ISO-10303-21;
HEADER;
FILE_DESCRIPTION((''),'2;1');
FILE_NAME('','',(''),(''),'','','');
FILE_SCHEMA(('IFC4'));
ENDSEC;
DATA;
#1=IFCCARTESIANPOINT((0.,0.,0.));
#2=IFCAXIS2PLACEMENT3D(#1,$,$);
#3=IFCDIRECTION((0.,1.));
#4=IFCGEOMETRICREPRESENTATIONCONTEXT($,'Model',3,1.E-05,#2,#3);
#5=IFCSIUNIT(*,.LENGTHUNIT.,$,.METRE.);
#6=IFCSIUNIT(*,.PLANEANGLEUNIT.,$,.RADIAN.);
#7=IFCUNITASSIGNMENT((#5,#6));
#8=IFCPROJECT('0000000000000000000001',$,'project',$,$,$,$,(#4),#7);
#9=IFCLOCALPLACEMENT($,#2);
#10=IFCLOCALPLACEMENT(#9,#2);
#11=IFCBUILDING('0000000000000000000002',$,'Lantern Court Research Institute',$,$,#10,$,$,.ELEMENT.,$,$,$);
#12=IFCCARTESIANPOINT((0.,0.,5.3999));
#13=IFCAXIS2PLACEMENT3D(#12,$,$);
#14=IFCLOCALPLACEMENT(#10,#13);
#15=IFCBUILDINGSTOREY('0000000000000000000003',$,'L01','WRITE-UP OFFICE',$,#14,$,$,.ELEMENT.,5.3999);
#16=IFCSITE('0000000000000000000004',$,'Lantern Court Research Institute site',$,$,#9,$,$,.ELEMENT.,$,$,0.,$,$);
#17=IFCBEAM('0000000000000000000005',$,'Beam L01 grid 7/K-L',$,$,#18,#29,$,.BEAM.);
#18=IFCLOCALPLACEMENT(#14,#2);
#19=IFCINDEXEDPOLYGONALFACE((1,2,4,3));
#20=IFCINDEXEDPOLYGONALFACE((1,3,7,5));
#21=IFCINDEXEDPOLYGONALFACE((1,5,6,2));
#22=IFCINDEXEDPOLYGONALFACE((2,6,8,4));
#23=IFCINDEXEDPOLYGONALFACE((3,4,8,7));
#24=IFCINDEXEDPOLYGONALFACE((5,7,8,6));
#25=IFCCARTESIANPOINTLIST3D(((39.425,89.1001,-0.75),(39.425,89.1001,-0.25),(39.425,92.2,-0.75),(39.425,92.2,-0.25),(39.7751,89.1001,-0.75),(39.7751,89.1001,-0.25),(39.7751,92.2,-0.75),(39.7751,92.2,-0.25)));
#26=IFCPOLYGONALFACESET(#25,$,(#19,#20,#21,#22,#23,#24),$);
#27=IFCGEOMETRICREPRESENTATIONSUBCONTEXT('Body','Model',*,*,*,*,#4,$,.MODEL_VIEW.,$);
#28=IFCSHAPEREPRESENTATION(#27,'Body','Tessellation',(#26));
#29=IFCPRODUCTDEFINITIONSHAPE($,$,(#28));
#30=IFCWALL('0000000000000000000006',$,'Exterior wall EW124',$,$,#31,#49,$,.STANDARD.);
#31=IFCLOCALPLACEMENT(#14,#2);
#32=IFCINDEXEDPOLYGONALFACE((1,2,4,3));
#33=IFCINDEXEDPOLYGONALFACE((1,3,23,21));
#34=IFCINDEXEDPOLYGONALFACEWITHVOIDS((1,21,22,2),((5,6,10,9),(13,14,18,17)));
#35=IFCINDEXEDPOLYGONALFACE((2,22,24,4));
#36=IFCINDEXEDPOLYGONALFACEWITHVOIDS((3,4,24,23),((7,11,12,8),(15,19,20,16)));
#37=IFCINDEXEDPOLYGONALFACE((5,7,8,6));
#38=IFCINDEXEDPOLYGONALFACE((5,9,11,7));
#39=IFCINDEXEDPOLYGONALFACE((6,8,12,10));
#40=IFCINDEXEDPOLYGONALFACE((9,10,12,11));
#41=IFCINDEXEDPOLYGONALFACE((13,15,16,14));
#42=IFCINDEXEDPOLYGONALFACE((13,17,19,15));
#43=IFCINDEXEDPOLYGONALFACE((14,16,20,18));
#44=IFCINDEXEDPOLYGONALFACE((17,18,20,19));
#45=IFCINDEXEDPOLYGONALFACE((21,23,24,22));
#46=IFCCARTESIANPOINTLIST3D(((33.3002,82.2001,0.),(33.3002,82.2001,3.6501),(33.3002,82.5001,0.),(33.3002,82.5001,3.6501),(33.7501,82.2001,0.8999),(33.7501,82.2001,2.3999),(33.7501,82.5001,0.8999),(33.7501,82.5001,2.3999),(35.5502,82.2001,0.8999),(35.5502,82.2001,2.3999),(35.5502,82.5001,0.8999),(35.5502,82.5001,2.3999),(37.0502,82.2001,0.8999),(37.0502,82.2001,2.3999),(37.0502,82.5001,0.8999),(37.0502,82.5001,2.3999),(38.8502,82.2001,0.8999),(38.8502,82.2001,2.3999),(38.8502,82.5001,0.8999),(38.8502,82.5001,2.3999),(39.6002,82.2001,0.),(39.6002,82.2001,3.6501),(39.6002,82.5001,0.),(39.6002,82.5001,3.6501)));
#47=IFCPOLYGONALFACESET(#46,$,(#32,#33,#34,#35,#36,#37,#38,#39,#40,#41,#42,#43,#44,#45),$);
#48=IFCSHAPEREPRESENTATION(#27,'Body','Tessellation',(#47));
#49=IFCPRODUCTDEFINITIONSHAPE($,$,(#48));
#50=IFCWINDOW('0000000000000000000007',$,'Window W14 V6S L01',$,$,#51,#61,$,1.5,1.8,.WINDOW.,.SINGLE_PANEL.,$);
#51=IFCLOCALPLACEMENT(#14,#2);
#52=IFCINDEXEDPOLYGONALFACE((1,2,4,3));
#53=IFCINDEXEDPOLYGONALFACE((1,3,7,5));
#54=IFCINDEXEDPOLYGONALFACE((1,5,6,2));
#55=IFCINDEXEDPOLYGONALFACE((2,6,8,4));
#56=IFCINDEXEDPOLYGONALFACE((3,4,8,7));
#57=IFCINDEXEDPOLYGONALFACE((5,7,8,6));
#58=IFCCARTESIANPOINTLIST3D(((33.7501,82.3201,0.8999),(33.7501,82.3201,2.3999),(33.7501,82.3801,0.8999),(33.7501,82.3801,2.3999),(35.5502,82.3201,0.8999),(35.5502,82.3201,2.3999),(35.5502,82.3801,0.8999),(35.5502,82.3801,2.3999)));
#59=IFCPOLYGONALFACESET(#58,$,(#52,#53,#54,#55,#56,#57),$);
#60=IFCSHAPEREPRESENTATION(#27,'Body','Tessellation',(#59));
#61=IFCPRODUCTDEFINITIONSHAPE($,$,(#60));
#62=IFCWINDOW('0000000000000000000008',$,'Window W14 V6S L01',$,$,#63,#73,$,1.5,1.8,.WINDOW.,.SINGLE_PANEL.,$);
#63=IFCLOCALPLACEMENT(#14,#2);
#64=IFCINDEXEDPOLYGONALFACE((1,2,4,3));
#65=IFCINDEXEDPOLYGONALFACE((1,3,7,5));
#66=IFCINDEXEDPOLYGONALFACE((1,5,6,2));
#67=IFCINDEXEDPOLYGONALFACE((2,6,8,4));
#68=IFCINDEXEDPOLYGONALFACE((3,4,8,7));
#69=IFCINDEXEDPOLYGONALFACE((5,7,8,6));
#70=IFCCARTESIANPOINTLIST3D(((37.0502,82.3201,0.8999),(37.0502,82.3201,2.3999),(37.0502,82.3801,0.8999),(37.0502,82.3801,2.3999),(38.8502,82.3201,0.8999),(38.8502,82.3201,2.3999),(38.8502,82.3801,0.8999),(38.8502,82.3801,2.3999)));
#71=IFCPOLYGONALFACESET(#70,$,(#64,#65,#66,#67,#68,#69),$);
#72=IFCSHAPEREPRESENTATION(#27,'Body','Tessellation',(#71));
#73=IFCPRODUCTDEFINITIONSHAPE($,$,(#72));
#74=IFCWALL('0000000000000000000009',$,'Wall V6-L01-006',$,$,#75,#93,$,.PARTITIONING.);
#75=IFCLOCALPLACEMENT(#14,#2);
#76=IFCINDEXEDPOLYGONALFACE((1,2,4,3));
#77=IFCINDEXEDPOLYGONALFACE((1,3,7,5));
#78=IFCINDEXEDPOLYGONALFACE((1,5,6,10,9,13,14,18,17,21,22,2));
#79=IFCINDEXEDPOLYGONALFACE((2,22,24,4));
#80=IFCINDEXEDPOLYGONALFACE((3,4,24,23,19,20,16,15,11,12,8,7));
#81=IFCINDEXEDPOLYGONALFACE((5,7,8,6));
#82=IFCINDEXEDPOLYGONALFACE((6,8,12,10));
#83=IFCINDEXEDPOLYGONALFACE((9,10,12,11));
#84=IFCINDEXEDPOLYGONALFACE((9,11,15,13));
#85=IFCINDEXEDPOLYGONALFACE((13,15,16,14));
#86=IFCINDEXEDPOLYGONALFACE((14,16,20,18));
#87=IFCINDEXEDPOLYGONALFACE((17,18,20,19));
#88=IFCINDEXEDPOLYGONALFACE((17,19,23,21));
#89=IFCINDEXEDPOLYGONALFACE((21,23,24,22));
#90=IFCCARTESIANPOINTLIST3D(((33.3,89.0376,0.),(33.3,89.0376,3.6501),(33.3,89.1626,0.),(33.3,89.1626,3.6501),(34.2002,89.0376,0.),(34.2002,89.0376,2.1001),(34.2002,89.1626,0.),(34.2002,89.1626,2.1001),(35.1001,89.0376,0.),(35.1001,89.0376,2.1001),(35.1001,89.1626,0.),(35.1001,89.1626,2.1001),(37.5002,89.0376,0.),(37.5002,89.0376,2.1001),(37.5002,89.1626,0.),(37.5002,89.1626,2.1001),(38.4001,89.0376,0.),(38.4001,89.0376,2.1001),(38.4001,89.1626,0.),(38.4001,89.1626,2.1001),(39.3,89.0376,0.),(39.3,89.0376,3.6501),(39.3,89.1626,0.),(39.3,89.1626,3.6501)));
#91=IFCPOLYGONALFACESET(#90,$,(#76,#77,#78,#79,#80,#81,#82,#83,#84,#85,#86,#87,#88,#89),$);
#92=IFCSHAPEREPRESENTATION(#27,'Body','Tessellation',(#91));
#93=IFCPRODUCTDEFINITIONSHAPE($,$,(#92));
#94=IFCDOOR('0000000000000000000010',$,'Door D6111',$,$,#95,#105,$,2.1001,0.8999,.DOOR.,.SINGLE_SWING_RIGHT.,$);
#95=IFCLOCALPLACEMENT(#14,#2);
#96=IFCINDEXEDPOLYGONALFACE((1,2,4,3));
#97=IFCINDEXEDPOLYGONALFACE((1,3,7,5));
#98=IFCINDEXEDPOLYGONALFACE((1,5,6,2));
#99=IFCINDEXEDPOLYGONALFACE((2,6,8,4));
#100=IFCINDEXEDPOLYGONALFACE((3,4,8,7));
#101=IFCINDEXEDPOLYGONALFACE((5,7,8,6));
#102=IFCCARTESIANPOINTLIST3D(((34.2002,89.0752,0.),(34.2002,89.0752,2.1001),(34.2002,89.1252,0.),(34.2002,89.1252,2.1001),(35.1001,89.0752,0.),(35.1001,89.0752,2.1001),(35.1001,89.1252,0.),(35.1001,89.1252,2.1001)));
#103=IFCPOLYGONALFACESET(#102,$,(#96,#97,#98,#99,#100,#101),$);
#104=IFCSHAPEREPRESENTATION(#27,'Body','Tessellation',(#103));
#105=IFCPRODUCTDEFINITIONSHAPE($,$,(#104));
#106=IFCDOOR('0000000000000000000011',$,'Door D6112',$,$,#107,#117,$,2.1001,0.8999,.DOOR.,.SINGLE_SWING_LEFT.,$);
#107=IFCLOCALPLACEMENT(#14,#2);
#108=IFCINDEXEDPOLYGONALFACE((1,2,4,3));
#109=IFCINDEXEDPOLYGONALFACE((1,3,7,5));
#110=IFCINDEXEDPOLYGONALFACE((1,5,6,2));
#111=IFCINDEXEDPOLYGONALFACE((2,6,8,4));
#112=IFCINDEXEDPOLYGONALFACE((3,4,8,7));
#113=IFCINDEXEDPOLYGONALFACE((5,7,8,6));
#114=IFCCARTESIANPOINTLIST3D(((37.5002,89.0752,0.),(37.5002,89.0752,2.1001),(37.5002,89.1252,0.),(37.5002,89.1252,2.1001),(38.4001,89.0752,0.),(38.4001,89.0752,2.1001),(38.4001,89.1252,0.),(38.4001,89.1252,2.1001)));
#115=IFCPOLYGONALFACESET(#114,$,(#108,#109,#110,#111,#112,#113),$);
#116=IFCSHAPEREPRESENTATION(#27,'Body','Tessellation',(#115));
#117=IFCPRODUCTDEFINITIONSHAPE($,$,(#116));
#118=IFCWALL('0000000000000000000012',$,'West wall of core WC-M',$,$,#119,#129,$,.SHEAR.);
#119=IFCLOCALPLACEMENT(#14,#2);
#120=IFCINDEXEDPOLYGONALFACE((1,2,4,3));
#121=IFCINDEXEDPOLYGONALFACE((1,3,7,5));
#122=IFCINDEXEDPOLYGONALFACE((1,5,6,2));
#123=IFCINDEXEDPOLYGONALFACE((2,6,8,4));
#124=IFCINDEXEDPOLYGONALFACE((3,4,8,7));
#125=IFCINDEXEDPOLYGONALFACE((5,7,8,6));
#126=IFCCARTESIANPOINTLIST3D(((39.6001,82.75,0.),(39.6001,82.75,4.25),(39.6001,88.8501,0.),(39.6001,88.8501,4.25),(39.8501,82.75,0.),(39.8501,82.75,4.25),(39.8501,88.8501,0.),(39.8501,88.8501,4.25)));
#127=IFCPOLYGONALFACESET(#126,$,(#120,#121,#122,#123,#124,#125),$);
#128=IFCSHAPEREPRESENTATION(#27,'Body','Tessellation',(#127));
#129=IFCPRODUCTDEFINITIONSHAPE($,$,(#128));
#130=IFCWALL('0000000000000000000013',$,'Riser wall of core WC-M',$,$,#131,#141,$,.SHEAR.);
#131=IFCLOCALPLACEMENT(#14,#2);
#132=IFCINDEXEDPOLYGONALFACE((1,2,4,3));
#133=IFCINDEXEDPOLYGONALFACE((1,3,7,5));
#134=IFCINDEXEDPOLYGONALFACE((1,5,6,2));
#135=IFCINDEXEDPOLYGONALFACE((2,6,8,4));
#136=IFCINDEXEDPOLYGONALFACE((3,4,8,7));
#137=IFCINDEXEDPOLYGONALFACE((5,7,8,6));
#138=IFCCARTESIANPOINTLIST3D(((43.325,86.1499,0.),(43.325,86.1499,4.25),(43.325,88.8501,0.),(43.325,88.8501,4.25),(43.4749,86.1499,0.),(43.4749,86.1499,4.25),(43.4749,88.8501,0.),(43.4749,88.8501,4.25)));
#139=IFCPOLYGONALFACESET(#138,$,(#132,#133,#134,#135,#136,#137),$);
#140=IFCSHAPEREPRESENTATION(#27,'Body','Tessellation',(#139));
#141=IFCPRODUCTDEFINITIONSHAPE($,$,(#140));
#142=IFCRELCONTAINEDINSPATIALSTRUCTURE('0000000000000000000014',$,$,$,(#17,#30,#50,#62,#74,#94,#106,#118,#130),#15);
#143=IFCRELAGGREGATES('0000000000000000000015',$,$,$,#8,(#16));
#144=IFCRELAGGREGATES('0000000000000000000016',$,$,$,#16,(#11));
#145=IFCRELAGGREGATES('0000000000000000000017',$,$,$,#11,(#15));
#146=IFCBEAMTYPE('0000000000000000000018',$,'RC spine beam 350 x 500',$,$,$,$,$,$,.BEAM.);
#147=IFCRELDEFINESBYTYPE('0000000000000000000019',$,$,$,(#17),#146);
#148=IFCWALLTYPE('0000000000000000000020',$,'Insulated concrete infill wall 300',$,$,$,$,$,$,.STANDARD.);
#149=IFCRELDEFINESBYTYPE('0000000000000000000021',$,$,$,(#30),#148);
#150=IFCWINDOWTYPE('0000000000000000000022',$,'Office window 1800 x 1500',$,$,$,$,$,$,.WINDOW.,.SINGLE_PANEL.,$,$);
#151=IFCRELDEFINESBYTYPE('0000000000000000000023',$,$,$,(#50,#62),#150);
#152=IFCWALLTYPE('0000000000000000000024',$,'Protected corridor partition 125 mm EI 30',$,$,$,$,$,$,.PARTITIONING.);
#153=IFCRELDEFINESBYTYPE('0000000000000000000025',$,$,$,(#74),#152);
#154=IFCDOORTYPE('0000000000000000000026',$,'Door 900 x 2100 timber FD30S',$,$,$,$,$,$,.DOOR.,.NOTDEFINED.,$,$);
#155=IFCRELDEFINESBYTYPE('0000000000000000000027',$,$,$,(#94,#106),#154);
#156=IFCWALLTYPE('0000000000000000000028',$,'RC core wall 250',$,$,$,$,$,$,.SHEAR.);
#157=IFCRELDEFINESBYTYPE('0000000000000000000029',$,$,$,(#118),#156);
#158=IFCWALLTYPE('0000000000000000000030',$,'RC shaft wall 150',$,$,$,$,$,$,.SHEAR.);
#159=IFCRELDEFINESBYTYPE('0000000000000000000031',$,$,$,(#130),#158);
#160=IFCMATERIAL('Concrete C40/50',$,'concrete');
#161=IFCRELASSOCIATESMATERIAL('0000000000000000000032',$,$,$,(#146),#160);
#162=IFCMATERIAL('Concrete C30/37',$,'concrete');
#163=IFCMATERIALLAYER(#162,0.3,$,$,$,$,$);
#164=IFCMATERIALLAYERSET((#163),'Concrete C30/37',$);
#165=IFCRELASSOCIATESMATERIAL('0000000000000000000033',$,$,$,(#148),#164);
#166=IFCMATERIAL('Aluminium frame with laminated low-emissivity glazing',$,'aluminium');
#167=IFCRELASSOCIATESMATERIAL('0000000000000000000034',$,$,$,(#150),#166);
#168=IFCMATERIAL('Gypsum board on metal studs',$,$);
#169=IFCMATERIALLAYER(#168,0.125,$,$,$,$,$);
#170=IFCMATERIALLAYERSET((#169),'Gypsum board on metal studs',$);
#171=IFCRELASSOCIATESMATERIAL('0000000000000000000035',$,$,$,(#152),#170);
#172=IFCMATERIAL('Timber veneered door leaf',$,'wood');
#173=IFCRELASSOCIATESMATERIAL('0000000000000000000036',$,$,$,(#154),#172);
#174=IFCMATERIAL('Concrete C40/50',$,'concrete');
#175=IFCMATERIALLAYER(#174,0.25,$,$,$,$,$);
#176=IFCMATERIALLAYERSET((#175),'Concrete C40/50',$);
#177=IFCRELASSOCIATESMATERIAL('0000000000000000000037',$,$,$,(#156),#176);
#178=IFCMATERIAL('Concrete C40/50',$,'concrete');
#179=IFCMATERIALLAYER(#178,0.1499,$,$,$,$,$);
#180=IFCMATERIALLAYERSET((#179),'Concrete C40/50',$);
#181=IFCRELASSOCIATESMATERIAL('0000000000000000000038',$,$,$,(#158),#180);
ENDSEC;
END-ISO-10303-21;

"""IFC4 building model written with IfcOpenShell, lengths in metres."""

from ifc_helpers import new_model, si_unit, direction, frame, frame_2d, origin, origin_2d, place, context, subcontext, project, spatial, rectangle, extrude, material, layer, layer_set, material_profile, profile_set, type_object, element, fill, save


model = new_model("IFC4")

# Units and contexts
model_context = context("Model", 3, precision=1e-05, world=origin(), true_north=direction((0.0, 1.0)))
body_context = subcontext(model_context, "Body", "Model", "MODEL_VIEW")
ifc_project = project(units=[si_unit("LENGTHUNIT", "METRE"), si_unit("PLANEANGLEUNIT", "RADIAN")], contexts=[model_context])

# Site, building, storey
site_placement = place(None, origin())
site = spatial("IfcSite", under=ifc_project, at=site_placement, Name="Lantern Court Research Institute site", CompositionType="ELEMENT", RefElevation=0.0)
building_placement = place(site_placement, origin())
building = spatial("IfcBuilding", under=site, at=building_placement, Name="Lantern Court Research Institute", CompositionType="ELEMENT")
storey_placement = place(building_placement, frame((0.0, 0.0, 5.3999)))
storey = spatial("IfcBuildingStorey", under=building, at=storey_placement, Name="L01", Description="WRITE-UP OFFICE", CompositionType="ELEMENT", Elevation=5.3999)

# Beam
ifc_material_1 = material(Name="Concrete C40/50", Category="concrete")
ifc_material_profile = material_profile(ifc_material_1, rectangle(XDim=0.3501, YDim=0.5, at=origin_2d()), Name="RC beam 350 x 500")
ifc_profile_set = profile_set([ifc_material_profile], Name="Concrete C40/50")
beam_type = type_object("IfcBeamType", Name="RC spine beam 350 x 500", PredefinedType="BEAM", material=ifc_profile_set)
beam_placement = place(storey_placement, frame((39.6001, 89.1001, -0.5), z_axis=(0.0, 1.0, 0.0), x_axis=(-1.0, 0.0, 0.0)))
element("IfcBeam", 1, at=beam_placement, inside=storey, type_object=beam_type, Name="Beam L01 grid 7/K-L", PredefinedType="BEAM", context=body_context, shape_type="SweptSolid", body=[
    extrude(rectangle(XDim=0.3501, YDim=0.5, at=origin_2d()), origin(), (0.0, 0.0, 1.0), 3.0999),
])

# Wall, openings, windows
ifc_material_2 = material(Name="Concrete C30/37", Category="concrete")
ifc_layer_1 = layer(ifc_material_2, 0.3)
ifc_layer_set_1 = layer_set([ifc_layer_1], Name="Concrete C30/37")
wall_type_1 = type_object("IfcWallType", Name="Insulated concrete infill wall 300", PredefinedType="STANDARD", material=ifc_layer_set_1)
wall_1_placement = place(storey_placement, frame((39.6001, 82.3501, 0.0), z_axis=(0.0, 0.0, 1.0), x_axis=(-1.0, 0.0, 0.0)))
wall_1 = element("IfcWall", 2, at=wall_1_placement, inside=storey, type_object=wall_type_1, Name="Exterior wall EW124", PredefinedType="STANDARD", context=body_context, shape_type="SweptSolid", body=[
    extrude(rectangle(XDim=6.3, YDim=0.3, at=frame_2d((3.1499, 0.0))), origin(), (0.0, 0.0, 1.0), 3.6501),
])
opening_1_placement = place(wall_1_placement, frame((4.05, 0.0, 0.8999)))
opening_1 = element("IfcOpeningElement", 3, at=opening_1_placement, cuts=wall_1, PredefinedType="OPENING", context=body_context, shape_type="SweptSolid", body=[
    extrude(rectangle(XDim=1.8, YDim=1.5, at=frame_2d((0.8999, 0.75))), frame((0.0, 0.1599, 0.0), z_axis=(0.0, -1.0, 0.0), x_axis=(1.0, 0.0, 0.0)), (0.0, 0.0, 1.0), 0.3201),
])
opening_2_placement = place(wall_1_placement, frame((0.75, 0.0, 0.8999)))
opening_2 = element("IfcOpeningElement", 4, at=opening_2_placement, cuts=wall_1, PredefinedType="OPENING", context=body_context, shape_type="SweptSolid", body=[
    extrude(rectangle(XDim=1.8, YDim=1.5, at=frame_2d((0.8999, 0.75))), frame((0.0, 0.1599, 0.0), z_axis=(0.0, -1.0, 0.0), x_axis=(1.0, 0.0, 0.0)), (0.0, 0.0, 1.0), 0.3201),
])
ifc_material_3 = material(Name="Aluminium frame with laminated low-emissivity glazing", Category="aluminium")
window_type = type_object("IfcWindowType", Name="Office window 1800 x 1500", PartitioningType="SINGLE_PANEL", PredefinedType="WINDOW", material=ifc_material_3)
window_1_placement = place(opening_1_placement, origin())
window_1 = element("IfcWindow", 5, at=window_1_placement, inside=storey, type_object=window_type, Name="Window W14 V6S L01", OverallHeight=1.5, OverallWidth=1.8, PartitioningType="SINGLE_PANEL", PredefinedType="WINDOW", context=body_context, shape_type="SweptSolid", body=[
    extrude(rectangle(XDim=1.8, YDim=1.5, at=frame_2d((0.8999, 0.75))), frame((0.0, 0.03, 0.0), z_axis=(0.0, -1.0, 0.0), x_axis=(1.0, 0.0, 0.0)), (0.0, 0.0, 1.0), 0.0601),
])
fill(opening_1, window_1)
window_2_placement = place(opening_2_placement, origin())
window_2 = element("IfcWindow", 6, at=window_2_placement, inside=storey, type_object=window_type, Name="Window W14 V6S L01", OverallHeight=1.5, OverallWidth=1.8, PartitioningType="SINGLE_PANEL", PredefinedType="WINDOW", context=body_context, shape_type="SweptSolid", body=[
    extrude(rectangle(XDim=1.8, YDim=1.5, at=frame_2d((0.8999, 0.75))), frame((0.0, 0.03, 0.0), z_axis=(0.0, -1.0, 0.0), x_axis=(1.0, 0.0, 0.0)), (0.0, 0.0, 1.0), 0.0601),
])
fill(opening_2, window_2)

# Wall, openings, doors
ifc_material_4 = material(Name="Gypsum board on metal studs")
ifc_layer_2 = layer(ifc_material_4, 0.125)
ifc_layer_set_2 = layer_set([ifc_layer_2], Name="Gypsum board on metal studs")
wall_type_2 = type_object("IfcWallType", Name="Protected corridor partition 125 mm EI 30", PredefinedType="PARTITIONING", material=ifc_layer_set_2)
wall_2_placement = place(storey_placement, frame((39.3, 89.1001, 0.0), z_axis=(0.0, 0.0, 1.0), x_axis=(-1.0, 0.0, 0.0)))
wall_2 = element("IfcWall", 7, at=wall_2_placement, inside=storey, type_object=wall_type_2, Name="Wall V6-L01-006", PredefinedType="PARTITIONING", context=body_context, shape_type="SweptSolid", body=[
    extrude(rectangle(XDim=6.0, YDim=0.125, at=frame_2d((3.0, 0.0))), origin(), (0.0, 0.0, 1.0), 3.6501),
])
opening_3_placement = place(wall_2_placement, frame((4.2, 0.0, 0.0)))
opening_3 = element("IfcOpeningElement", 8, at=opening_3_placement, cuts=wall_2, PredefinedType="OPENING", context=body_context, shape_type="SweptSolid", body=[
    extrude(rectangle(XDim=0.8999, YDim=2.1001, at=frame_2d((0.45, 1.05))), frame((0.0, 0.0725, 0.0), z_axis=(0.0, -1.0, 0.0), x_axis=(1.0, 0.0, 0.0)), (0.0, 0.0, 1.0), 0.145),
])
opening_4_placement = place(wall_2_placement, frame((0.8999, 0.0, 0.0)))
opening_4 = element("IfcOpeningElement", 9, at=opening_4_placement, cuts=wall_2, PredefinedType="OPENING", context=body_context, shape_type="SweptSolid", body=[
    extrude(rectangle(XDim=0.8999, YDim=2.1001, at=frame_2d((0.45, 1.05))), frame((0.0, 0.0725, 0.0), z_axis=(0.0, -1.0, 0.0), x_axis=(1.0, 0.0, 0.0)), (0.0, 0.0, 1.0), 0.145),
])
ifc_material_5 = material(Name="Timber veneered door leaf", Category="wood")
door_type_1 = type_object("IfcDoorType", Name="Door 900 x 2100 timber FD30S", OperationType="NOTDEFINED", PredefinedType="DOOR", material=ifc_material_5)
door_1_placement = place(opening_3_placement, origin())
door_1 = element("IfcDoor", 10, at=door_1_placement, inside=storey, type_object=door_type_1, Name="Door D6111", OperationType="SINGLE_SWING_RIGHT", OverallHeight=2.1001, OverallWidth=0.8999, PredefinedType="DOOR", context=body_context, shape_type="SweptSolid", body=[
    extrude(rectangle(XDim=0.8999, YDim=2.1001, at=frame_2d((0.45, 1.05))), frame((0.0, 0.0249, 0.0), z_axis=(0.0, -1.0, 0.0), x_axis=(1.0, 0.0, 0.0)), (0.0, 0.0, 1.0), 0.05),
])
fill(opening_3, door_1)
door_2_placement = place(opening_4_placement, origin())
door_2 = element("IfcDoor", 11, at=door_2_placement, inside=storey, type_object=door_type_1, Name="Door D6112", OperationType="SINGLE_SWING_LEFT", OverallHeight=2.1001, OverallWidth=0.8999, PredefinedType="DOOR", context=body_context, shape_type="SweptSolid", body=[
    extrude(rectangle(XDim=0.8999, YDim=2.1001, at=frame_2d((0.45, 1.05))), frame((0.0, 0.0249, 0.0), z_axis=(0.0, -1.0, 0.0), x_axis=(1.0, 0.0, 0.0)), (0.0, 0.0, 1.0), 0.05),
])
fill(opening_4, door_2)

# Walls
ifc_material_6 = material(Name="Concrete C40/50", Category="concrete")
ifc_layer_3 = layer(ifc_material_6, 0.25)
ifc_layer_set_3 = layer_set([ifc_layer_3], Name="Concrete C40/50")
wall_type_3 = type_object("IfcWallType", Name="RC core wall 250", PredefinedType="SHEAR", material=ifc_layer_set_3)
wall_3_placement = place(storey_placement, frame((39.7251, 88.8501, 0.0), z_axis=(0.0, 0.0, 1.0), x_axis=(0.0, -1.0, 0.0)))
element("IfcWall", 12, at=wall_3_placement, inside=storey, type_object=wall_type_3, Name="West wall of core WC-M", PredefinedType="SHEAR", context=body_context, shape_type="SweptSolid", body=[
    extrude(rectangle(XDim=6.1001, YDim=0.25, at=frame_2d((3.05, 0.0))), origin(), (0.0, 0.0, 1.0), 4.25),
])
ifc_material_7 = material(Name="Concrete C40/50", Category="concrete")
ifc_layer_4 = layer(ifc_material_7, 0.1499)
ifc_layer_set_4 = layer_set([ifc_layer_4], Name="Concrete C40/50")
wall_type_4 = type_object("IfcWallType", Name="RC shaft wall 150", PredefinedType="SHEAR", material=ifc_layer_set_4)
wall_4_placement = place(storey_placement, frame((43.3999, 88.8501, 0.0), z_axis=(0.0, 0.0, 1.0), x_axis=(0.0, -1.0, 0.0)))
element("IfcWall", 13, at=wall_4_placement, inside=storey, type_object=wall_type_4, Name="Riser wall of core WC-M", PredefinedType="SHEAR", context=body_context, shape_type="SweptSolid", body=[
    extrude(rectangle(XDim=2.7002, YDim=0.1499, at=frame_2d((1.3501, 0.0))), origin(), (0.0, 0.0, 1.0), 4.25),
])

save(model, "model.ifc")
